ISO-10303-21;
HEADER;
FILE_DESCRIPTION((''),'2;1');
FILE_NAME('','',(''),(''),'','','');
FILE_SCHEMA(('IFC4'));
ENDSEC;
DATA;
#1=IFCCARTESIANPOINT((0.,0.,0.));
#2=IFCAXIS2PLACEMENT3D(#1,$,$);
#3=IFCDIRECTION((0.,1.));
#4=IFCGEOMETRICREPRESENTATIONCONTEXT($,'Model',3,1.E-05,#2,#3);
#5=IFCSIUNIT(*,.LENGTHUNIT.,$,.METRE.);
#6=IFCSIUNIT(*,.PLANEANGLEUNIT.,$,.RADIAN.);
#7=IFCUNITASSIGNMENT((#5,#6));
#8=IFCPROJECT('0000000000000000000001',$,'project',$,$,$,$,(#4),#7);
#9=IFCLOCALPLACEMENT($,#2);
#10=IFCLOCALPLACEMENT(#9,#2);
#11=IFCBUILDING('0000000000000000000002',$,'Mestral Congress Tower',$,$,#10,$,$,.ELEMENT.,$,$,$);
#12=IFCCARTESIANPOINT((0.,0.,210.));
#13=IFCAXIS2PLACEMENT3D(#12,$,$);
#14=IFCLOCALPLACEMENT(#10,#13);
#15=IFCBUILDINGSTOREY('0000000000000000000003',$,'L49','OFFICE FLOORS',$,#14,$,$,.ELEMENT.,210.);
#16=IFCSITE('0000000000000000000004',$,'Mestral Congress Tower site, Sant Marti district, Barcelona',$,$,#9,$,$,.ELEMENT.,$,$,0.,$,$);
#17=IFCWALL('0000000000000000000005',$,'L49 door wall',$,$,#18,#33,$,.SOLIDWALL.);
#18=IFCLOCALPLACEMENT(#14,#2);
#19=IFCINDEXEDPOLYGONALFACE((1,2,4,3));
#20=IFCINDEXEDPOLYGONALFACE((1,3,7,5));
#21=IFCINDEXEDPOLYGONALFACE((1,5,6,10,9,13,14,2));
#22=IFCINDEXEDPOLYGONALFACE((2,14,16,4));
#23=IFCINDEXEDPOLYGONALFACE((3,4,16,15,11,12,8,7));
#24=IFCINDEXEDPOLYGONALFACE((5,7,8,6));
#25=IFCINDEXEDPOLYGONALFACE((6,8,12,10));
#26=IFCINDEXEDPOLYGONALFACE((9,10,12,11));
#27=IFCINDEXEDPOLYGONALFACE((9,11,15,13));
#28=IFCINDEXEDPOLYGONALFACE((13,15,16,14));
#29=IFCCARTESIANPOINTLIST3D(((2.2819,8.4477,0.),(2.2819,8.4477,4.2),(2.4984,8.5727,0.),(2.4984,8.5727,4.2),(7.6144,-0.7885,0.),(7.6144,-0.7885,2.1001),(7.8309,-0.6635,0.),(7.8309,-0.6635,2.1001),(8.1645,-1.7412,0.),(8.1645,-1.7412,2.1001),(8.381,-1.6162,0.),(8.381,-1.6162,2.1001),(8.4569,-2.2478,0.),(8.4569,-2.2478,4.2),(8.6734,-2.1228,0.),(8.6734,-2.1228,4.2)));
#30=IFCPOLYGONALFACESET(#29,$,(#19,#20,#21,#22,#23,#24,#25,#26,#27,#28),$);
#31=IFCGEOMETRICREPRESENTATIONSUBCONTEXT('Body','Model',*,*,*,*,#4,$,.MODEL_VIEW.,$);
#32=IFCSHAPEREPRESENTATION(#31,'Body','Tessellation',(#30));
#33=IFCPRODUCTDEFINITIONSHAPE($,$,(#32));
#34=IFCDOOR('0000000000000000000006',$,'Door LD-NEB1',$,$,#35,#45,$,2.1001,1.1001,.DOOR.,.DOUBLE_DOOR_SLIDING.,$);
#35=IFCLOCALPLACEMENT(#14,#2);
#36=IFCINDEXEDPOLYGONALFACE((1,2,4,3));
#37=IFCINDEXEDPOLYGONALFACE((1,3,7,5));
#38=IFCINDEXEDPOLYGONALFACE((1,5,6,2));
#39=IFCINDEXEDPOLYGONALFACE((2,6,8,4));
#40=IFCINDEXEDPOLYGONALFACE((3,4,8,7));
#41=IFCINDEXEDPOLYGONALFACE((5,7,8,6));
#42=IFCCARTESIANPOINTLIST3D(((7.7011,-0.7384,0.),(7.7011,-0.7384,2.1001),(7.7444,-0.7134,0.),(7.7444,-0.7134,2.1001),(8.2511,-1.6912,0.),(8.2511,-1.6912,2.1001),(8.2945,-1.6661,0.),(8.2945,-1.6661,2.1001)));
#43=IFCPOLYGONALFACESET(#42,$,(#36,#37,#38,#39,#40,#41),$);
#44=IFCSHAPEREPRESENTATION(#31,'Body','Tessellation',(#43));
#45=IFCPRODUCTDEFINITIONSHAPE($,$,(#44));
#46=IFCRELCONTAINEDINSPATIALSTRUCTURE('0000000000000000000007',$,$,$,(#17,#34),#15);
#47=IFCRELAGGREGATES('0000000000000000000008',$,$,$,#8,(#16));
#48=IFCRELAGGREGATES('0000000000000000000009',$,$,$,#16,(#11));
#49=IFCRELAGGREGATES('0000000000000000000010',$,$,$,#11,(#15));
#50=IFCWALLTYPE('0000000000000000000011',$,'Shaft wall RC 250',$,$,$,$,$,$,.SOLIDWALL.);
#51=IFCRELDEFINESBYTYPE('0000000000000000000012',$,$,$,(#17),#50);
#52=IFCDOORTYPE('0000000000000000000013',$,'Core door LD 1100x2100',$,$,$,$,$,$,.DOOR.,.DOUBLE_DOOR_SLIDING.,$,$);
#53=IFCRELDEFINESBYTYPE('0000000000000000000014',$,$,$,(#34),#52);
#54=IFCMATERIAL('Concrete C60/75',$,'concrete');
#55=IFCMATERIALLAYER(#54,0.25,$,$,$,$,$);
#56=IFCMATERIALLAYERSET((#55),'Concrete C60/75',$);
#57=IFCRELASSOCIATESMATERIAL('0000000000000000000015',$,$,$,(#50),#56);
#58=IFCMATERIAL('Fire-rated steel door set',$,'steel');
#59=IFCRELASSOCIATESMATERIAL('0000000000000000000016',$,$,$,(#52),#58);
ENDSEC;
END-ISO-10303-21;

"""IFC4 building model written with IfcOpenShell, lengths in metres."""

from ifc_helpers import new_model, si_unit, direction, frame, frame_2d, origin, place, context, subcontext, project, spatial, rectangle, extrude, material, layer, layer_set, type_object, element, fill, save


model = new_model("IFC4")

# Units and contexts
model_context = context("Model", 3, precision=1e-05, world=origin(), true_north=direction((0.0, 1.0)))
body_context = subcontext(model_context, "Body", "Model", "MODEL_VIEW")
ifc_project = project(units=[si_unit("LENGTHUNIT", "METRE"), si_unit("PLANEANGLEUNIT", "RADIAN")], contexts=[model_context])

# Site, building, storey
site_placement = place(None, origin())
site = spatial("IfcSite", under=ifc_project, at=site_placement, Name="Mestral Congress Tower site, Sant Marti district, Barcelona", CompositionType="ELEMENT", RefElevation=0.0)
building_placement = place(site_placement, origin())
building = spatial("IfcBuilding", under=site, at=building_placement, Name="Mestral Congress Tower", CompositionType="ELEMENT")
storey_placement = place(building_placement, frame((0.0, 0.0, 210.0)))
storey = spatial("IfcBuildingStorey", under=building, at=storey_placement, Name="L49", Description="OFFICE FLOORS", CompositionType="ELEMENT", Elevation=210.0)

# Shared definitions
ifc_material_1 = material(Name="Concrete C60/75", Category="concrete")

# Shared definitions
ifc_material_2 = material(Name="Fire-rated steel door set", Category="steel")

# Shared definitions
ifc_layer_1 = layer(ifc_material_1, 0.25)
ifc_layer_set_1 = layer_set([ifc_layer_1], Name="Concrete C60/75")
wall_type_1 = type_object("IfcWallType", Name="Shaft wall RC 250", PredefinedType="SOLIDWALL", material=ifc_layer_set_1)

# Wall, opening, door
wall_1_placement = place(storey_placement, frame((8.5652, -2.1853, 0.0), z_axis=(0.0, 0.0, 1.0), x_axis=(-0.499998, 0.866027, 0.0)))
wall_1 = element("IfcWall", 1, at=wall_1_placement, inside=storey, type_object=wall_type_1, Name="L49 door wall", PredefinedType="SOLIDWALL", context=body_context, shape_type="SweptSolid", body=[
    extrude(rectangle(XDim=12.3501, YDim=0.25, at=frame_2d((6.175, 0.0))), origin(), (0.0, 0.0, 1.0), 4.2),
])
opening_1_placement = place(wall_1_placement, frame((0.585, 0.0, 0.0)))
opening_1 = element("IfcOpeningElement", 2, at=opening_1_placement, cuts=wall_1, PredefinedType="OPENING", context=body_context, shape_type="SweptSolid", body=[
    extrude(rectangle(XDim=1.1001, YDim=2.1001, at=frame_2d((0.55, 1.05))), frame((0.0, 0.135, 0.0), z_axis=(0.0, -1.0, 0.0), x_axis=(1.0, 0.0, 0.0)), (0.0, 0.0, 1.0), 0.27),
])
door_type_1 = type_object("IfcDoorType", Name="Core door LD 1100x2100", OperationType="DOUBLE_DOOR_SLIDING", PredefinedType="DOOR", material=ifc_material_2)
door_1_placement = place(opening_1_placement, origin())
door_1 = element("IfcDoor", 3, at=door_1_placement, inside=storey, type_object=door_type_1, Name="Door LD-NEB1", OperationType="DOUBLE_DOOR_SLIDING", OverallHeight=2.1001, OverallWidth=1.1001, PredefinedType="DOOR", context=body_context, shape_type="SweptSolid", body=[
    extrude(rectangle(XDim=1.1001, YDim=2.1001, at=frame_2d((0.55, 1.05))), frame((0.0, 0.0249, 0.0), z_axis=(0.0, -1.0, 0.0), x_axis=(1.0, 0.0, 0.0)), (0.0, 0.0, 1.0), 0.05),
])
fill(opening_1, door_1)

save(model, "model.ifc")
